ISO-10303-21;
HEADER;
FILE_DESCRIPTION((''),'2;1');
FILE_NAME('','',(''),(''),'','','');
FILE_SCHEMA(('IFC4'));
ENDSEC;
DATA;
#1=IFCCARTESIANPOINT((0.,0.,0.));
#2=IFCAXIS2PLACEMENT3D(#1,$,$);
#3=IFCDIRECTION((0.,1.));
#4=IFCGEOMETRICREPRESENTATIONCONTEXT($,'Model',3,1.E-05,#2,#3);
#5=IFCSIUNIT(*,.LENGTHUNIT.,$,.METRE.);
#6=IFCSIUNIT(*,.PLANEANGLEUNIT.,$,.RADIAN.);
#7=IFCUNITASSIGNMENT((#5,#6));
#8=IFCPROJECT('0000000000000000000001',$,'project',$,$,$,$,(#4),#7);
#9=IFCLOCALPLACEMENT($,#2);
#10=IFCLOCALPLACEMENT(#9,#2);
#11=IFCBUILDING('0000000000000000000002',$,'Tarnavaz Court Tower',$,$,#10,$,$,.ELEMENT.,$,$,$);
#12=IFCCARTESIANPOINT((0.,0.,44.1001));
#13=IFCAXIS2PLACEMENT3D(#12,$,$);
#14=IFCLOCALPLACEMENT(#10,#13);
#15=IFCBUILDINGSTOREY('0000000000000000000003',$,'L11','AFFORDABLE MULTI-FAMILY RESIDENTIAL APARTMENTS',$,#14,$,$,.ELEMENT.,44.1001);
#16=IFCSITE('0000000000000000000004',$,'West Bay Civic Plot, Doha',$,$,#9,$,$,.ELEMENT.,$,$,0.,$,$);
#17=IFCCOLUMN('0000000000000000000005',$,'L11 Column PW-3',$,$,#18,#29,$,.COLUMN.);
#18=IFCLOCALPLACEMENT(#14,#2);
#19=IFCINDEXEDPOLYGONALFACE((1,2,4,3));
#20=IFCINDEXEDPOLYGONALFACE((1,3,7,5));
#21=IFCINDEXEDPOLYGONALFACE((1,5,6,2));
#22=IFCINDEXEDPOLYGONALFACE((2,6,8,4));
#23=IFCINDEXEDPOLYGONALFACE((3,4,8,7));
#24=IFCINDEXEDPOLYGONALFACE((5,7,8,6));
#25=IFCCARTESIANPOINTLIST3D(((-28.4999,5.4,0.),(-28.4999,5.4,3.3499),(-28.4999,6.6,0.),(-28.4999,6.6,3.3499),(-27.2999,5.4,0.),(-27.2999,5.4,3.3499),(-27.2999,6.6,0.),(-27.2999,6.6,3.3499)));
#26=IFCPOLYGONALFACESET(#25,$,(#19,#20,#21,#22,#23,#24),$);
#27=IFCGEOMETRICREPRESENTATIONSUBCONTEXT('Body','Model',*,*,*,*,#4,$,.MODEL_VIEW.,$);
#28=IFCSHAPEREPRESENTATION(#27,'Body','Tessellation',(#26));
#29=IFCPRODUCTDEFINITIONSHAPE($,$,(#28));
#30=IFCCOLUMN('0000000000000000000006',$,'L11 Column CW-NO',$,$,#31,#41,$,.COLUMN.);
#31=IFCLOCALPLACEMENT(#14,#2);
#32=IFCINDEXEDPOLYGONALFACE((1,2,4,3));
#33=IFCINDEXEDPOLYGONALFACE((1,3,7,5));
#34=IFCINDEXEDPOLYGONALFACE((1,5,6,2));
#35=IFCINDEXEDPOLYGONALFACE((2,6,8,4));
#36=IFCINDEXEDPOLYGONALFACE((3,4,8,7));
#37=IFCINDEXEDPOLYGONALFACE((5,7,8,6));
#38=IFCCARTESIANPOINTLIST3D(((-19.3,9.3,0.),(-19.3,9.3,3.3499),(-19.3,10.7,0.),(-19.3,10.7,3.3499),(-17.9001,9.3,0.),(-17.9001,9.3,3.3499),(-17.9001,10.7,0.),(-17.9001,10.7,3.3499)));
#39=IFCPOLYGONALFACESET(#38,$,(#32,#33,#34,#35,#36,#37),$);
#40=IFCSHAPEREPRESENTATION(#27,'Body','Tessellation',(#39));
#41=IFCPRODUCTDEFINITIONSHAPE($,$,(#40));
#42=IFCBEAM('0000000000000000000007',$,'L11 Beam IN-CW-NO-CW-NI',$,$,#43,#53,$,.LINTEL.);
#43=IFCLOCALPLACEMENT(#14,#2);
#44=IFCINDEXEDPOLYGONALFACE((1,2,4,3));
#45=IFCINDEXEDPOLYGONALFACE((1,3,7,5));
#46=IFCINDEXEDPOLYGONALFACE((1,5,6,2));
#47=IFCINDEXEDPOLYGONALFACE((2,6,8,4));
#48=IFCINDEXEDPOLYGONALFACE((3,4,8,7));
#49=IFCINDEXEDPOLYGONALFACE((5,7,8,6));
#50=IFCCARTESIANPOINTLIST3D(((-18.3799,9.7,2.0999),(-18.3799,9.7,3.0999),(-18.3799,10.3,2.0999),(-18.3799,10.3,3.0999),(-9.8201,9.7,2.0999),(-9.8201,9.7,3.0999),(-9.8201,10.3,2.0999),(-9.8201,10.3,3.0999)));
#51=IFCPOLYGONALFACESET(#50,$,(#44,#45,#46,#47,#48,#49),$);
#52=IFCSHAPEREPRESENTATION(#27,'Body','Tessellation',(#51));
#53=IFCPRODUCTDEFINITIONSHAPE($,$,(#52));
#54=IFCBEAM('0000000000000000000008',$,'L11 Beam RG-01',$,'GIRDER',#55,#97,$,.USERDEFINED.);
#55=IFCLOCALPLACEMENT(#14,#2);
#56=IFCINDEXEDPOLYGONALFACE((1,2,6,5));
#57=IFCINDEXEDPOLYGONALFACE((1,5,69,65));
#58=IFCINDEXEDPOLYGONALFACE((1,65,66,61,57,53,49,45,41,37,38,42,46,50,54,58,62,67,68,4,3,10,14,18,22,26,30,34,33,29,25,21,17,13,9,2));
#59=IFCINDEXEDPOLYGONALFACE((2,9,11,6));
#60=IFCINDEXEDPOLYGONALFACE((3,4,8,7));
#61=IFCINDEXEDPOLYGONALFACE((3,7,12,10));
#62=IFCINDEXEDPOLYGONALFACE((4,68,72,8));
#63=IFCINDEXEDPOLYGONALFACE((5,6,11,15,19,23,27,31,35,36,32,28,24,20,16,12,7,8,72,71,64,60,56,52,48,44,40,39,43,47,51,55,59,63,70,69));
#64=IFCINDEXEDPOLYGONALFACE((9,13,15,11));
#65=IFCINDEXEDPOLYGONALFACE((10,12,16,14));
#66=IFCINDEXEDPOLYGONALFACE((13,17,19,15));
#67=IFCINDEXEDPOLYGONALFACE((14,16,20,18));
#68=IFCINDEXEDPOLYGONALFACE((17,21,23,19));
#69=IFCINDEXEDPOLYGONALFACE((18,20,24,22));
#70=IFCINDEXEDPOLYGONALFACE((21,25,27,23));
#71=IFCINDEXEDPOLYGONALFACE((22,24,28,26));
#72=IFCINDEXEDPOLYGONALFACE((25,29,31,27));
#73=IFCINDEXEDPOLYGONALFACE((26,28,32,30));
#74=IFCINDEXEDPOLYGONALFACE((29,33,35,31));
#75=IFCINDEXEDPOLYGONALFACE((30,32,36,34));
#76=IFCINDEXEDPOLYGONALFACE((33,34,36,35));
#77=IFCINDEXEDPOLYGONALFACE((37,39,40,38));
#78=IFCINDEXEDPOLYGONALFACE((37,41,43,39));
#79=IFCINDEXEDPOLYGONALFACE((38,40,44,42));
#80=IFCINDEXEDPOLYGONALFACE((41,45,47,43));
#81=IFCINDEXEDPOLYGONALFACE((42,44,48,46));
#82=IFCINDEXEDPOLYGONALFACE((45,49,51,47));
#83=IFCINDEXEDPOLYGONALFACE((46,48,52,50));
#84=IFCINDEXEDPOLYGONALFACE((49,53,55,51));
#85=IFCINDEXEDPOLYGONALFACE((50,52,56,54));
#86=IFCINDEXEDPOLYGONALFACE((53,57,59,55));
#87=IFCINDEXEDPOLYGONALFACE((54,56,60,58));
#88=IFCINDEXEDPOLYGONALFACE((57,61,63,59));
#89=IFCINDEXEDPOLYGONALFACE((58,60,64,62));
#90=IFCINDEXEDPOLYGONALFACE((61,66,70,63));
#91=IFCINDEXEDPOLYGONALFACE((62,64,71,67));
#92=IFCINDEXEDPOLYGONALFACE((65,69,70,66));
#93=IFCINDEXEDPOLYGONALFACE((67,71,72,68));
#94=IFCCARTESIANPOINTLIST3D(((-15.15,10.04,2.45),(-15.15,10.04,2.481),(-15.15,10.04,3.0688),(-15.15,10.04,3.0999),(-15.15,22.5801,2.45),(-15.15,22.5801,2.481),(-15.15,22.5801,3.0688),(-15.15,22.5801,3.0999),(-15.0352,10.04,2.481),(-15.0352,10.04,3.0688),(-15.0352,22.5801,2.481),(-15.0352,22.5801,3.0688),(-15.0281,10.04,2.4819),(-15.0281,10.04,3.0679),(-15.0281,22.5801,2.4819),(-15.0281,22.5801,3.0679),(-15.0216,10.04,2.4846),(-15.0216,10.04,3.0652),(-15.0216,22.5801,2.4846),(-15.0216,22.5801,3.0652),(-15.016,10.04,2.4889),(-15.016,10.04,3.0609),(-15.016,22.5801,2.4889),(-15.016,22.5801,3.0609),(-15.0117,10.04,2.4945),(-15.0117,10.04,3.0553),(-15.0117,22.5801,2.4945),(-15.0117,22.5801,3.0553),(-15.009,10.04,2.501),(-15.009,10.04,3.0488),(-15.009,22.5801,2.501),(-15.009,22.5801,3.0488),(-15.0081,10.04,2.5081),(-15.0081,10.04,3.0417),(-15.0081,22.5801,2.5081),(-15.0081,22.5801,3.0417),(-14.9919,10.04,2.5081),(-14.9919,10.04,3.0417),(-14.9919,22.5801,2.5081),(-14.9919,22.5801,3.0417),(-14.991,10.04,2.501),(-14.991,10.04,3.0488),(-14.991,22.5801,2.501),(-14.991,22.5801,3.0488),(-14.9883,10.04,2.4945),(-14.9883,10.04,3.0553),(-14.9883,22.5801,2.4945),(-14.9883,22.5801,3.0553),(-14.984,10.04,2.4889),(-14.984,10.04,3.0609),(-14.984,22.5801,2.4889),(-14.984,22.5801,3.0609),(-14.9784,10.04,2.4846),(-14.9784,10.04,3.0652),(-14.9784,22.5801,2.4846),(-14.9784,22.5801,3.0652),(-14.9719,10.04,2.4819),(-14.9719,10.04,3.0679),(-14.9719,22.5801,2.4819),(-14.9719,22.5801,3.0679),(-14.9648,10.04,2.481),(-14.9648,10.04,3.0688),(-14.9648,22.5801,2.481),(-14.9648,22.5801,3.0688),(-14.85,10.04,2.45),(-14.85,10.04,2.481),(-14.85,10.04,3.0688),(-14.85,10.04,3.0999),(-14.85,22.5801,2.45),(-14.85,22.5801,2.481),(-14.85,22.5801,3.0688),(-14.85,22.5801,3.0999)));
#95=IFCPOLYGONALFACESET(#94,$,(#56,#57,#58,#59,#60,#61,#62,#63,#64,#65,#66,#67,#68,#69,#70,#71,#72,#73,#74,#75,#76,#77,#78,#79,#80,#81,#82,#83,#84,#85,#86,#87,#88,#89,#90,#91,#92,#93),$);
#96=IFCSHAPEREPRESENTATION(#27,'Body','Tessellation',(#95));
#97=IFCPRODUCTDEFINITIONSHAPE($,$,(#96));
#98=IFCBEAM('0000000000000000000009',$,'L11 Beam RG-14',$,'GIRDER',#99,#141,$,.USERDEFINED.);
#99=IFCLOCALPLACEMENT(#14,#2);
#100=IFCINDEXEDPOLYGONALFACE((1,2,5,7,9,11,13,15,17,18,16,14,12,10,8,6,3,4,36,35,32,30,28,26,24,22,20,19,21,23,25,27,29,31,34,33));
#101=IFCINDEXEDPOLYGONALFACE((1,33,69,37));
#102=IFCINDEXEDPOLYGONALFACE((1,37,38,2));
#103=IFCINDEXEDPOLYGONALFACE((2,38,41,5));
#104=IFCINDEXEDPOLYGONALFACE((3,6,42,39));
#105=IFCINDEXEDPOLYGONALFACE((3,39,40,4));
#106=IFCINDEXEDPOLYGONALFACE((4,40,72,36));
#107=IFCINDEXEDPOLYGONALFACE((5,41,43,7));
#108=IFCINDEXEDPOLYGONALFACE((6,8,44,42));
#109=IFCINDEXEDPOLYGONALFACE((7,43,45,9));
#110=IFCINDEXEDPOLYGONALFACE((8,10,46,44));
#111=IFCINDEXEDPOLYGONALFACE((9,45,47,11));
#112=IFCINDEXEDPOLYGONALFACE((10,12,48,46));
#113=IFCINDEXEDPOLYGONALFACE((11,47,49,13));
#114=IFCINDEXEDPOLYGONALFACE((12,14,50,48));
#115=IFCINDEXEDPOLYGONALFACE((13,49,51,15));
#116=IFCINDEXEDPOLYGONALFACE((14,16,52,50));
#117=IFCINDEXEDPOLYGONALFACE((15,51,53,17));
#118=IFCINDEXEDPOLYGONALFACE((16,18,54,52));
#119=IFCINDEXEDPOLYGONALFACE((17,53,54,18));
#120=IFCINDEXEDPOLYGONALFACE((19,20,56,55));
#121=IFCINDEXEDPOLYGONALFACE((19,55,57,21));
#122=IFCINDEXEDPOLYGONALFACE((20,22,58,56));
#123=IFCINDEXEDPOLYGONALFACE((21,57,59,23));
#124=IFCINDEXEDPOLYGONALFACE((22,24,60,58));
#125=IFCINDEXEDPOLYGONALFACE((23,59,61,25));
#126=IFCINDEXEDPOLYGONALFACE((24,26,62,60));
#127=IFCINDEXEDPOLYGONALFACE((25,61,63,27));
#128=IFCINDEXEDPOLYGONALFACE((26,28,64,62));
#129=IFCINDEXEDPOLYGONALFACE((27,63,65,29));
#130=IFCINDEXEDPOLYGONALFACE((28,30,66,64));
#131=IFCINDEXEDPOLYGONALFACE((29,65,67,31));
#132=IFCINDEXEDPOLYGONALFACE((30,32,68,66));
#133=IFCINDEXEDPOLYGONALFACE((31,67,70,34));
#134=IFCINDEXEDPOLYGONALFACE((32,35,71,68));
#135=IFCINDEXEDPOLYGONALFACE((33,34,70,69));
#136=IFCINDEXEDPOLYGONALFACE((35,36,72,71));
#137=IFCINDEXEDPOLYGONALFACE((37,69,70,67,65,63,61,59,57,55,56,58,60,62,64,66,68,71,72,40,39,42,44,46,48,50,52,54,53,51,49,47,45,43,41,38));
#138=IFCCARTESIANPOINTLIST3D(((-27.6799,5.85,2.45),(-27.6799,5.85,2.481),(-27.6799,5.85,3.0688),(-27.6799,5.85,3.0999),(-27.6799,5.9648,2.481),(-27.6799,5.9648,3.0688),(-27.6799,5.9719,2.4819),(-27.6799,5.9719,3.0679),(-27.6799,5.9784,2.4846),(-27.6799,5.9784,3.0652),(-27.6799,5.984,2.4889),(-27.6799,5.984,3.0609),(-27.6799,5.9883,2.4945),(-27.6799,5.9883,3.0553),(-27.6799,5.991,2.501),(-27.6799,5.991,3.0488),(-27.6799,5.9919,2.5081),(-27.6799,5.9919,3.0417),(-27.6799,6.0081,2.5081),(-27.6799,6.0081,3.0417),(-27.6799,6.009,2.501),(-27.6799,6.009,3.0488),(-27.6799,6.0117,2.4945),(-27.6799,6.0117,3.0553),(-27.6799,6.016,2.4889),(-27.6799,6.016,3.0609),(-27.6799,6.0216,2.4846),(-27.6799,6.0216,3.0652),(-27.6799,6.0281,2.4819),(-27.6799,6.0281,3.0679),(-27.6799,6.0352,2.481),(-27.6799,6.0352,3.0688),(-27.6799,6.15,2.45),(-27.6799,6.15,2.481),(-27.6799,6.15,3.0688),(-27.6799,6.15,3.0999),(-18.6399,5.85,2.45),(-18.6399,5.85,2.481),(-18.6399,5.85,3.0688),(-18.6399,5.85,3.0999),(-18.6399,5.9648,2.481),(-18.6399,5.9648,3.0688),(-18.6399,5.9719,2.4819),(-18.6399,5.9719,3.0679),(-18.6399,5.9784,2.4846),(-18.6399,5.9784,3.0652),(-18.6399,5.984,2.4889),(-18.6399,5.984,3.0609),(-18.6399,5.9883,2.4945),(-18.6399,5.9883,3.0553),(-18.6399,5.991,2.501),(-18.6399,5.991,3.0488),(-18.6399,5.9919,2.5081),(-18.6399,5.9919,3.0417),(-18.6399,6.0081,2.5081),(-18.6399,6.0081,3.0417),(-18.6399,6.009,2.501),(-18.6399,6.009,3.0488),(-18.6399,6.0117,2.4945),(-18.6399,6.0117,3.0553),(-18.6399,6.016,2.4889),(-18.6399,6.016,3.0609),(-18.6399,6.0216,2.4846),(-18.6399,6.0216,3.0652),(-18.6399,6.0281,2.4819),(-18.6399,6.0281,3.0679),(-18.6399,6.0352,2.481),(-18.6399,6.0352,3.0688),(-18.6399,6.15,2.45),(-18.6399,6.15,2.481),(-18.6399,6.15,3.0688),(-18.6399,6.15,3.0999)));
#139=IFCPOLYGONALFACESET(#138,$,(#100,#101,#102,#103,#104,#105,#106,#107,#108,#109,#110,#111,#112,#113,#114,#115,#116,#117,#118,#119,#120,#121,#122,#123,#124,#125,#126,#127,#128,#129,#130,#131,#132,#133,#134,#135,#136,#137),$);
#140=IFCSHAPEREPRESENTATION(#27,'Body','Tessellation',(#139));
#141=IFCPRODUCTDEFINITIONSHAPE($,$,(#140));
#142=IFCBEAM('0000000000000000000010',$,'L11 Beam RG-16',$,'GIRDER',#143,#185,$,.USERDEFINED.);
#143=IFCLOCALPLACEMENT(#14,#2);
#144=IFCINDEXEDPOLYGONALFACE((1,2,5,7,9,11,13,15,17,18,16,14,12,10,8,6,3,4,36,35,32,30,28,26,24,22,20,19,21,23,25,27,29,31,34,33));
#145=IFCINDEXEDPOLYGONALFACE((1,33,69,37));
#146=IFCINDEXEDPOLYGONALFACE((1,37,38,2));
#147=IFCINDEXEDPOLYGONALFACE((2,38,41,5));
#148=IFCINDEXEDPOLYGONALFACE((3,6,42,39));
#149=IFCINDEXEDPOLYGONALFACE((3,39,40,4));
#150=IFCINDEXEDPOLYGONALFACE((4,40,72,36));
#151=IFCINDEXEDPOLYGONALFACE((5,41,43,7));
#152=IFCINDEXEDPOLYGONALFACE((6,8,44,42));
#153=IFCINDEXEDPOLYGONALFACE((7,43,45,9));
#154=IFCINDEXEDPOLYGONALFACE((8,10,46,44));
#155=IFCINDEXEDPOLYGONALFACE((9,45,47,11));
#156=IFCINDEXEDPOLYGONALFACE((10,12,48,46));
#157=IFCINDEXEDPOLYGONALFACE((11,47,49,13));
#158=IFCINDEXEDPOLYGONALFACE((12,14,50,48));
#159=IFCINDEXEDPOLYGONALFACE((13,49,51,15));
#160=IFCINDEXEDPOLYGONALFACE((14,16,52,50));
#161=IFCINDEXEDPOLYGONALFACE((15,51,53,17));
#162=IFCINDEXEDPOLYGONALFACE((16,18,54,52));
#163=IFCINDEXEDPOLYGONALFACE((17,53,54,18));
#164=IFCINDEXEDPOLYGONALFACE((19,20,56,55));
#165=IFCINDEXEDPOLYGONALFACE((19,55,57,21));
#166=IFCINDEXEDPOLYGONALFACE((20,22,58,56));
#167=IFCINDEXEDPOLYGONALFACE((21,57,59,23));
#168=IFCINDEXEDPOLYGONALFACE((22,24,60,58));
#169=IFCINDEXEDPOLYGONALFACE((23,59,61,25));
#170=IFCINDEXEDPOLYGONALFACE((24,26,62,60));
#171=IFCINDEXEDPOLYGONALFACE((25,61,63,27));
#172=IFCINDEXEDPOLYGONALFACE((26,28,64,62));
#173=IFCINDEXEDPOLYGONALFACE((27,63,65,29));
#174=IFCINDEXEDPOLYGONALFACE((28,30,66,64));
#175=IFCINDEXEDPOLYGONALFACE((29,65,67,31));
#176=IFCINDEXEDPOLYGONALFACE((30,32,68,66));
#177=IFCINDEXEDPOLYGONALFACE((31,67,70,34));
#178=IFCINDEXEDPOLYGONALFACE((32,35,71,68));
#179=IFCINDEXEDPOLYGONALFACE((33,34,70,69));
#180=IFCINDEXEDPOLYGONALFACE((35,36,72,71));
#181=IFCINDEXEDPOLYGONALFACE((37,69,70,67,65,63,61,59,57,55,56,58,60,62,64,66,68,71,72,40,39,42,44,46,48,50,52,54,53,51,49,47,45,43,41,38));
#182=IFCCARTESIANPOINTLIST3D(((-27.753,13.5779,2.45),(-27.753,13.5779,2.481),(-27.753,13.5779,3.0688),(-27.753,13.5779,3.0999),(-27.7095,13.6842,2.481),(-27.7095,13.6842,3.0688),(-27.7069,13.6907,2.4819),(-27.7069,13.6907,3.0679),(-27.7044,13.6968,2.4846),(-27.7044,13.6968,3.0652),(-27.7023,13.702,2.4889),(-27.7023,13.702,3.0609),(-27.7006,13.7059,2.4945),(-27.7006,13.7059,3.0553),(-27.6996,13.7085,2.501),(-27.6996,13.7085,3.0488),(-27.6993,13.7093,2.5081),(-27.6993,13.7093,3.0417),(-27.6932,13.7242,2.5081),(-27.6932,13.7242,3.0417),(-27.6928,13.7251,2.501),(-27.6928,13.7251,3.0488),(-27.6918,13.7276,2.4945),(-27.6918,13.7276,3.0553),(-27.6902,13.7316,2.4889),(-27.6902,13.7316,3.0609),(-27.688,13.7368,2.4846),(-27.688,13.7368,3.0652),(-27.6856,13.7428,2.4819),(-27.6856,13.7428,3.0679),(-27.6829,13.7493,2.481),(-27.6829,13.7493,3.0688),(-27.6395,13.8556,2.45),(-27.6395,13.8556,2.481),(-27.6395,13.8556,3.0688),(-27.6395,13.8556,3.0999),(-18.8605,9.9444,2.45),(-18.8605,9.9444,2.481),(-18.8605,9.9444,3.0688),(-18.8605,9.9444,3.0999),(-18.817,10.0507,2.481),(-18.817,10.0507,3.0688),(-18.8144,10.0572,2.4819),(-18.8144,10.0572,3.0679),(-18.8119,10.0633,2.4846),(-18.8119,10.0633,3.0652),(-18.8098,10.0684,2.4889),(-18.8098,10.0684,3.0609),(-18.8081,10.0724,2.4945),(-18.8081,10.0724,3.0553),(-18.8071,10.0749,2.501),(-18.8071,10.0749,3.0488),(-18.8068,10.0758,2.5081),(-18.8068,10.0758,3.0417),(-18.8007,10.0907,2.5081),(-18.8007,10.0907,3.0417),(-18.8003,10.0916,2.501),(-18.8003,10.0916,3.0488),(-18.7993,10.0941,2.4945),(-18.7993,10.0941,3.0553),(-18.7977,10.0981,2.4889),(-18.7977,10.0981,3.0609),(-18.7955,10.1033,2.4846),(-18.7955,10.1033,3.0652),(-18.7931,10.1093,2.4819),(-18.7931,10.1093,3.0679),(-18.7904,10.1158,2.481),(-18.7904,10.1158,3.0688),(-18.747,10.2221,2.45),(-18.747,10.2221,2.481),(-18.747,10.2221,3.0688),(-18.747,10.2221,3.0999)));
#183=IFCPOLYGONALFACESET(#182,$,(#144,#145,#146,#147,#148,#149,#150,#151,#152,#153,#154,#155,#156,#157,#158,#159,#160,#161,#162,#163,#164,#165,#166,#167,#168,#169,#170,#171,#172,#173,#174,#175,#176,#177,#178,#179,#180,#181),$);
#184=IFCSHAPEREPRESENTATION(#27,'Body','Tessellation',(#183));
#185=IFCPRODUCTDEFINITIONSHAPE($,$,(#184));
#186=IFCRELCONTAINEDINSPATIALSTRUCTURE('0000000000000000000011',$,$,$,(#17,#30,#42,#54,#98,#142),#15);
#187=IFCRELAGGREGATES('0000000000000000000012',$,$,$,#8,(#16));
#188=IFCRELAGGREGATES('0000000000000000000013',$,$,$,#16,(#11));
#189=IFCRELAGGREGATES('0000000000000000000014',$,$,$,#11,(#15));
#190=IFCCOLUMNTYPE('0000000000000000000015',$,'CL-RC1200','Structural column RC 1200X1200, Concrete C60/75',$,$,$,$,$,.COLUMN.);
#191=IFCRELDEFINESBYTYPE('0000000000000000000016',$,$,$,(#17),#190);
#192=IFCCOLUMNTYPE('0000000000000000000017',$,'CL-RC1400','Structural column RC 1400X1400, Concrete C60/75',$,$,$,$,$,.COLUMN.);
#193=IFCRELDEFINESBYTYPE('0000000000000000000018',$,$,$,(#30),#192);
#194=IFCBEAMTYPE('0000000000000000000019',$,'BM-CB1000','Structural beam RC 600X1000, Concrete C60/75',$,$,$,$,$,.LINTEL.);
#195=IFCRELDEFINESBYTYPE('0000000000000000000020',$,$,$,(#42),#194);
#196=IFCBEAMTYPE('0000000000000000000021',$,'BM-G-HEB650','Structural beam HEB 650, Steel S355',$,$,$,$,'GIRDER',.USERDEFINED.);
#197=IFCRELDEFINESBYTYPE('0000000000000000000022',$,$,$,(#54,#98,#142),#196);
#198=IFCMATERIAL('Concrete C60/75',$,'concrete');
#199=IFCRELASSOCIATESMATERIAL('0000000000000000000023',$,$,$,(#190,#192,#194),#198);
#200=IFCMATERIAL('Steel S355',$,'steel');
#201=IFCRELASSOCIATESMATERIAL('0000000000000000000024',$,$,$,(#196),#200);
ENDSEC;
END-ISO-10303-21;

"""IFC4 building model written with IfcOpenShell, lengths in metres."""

from ifc_helpers import new_model, si_unit, direction, frame, origin, origin_2d, place, context, subcontext, project, spatial, rectangle, i_section, extrude, material, material_profile, profile_set, type_object, element, save


model = new_model("IFC4")

# Units and contexts
model_context = context("Model", 3, precision=1e-05, world=origin(), true_north=direction((0.0, 1.0)))
body_context = subcontext(model_context, "Body", "Model", "MODEL_VIEW")
ifc_project = project(units=[si_unit("LENGTHUNIT", "METRE"), si_unit("PLANEANGLEUNIT", "RADIAN")], contexts=[model_context])

# Site, building, storey
site_placement = place(None, origin())
site = spatial("IfcSite", under=ifc_project, at=site_placement, Name="West Bay Civic Plot, Doha", CompositionType="ELEMENT", RefElevation=0.0)
building_placement = place(site_placement, origin())
building = spatial("IfcBuilding", under=site, at=building_placement, Name="Tarnavaz Court Tower", CompositionType="ELEMENT")
storey_placement = place(building_placement, frame((0.0, 0.0, 44.1001)))
storey = spatial("IfcBuildingStorey", under=building, at=storey_placement, Name="L11", Description="AFFORDABLE MULTI-FAMILY RESIDENTIAL APARTMENTS", CompositionType="ELEMENT", Elevation=44.1001)

# Columns
ifc_material_1 = material(Name="Concrete C60/75", Category="concrete")
ifc_material_profile_1 = material_profile(ifc_material_1, rectangle(XDim=1.2, YDim=1.2, at=origin_2d()), Name="RC 1200X1200")
ifc_profile_set_1 = profile_set([ifc_material_profile_1], Name="Concrete C60/75")
column_type_1 = type_object("IfcColumnType", Name="CL-RC1200", Description="Structural column RC 1200X1200, Concrete C60/75", PredefinedType="COLUMN", material=ifc_profile_set_1)
column_1_placement = place(storey_placement, frame((-27.8999, 6.0, 0.0), z_axis=(0.0, 0.0, 1.0), x_axis=(1.0, 0.0, 0.0)))
element("IfcColumn", 1, at=column_1_placement, inside=storey, type_object=column_type_1, Name="L11 Column PW-3", PredefinedType="COLUMN", context=body_context, shape_type="SweptSolid", body=[
    extrude(rectangle(XDim=1.2, YDim=1.2, at=origin_2d()), origin(), (0.0, 0.0, 1.0), 3.3499),
])
ifc_material_profile_2 = material_profile(ifc_material_1, rectangle(XDim=1.3999, YDim=1.3999, at=origin_2d()), Name="RC 1400X1400")
ifc_profile_set_2 = profile_set([ifc_material_profile_2], Name="Concrete C60/75")
column_type_2 = type_object("IfcColumnType", Name="CL-RC1400", Description="Structural column RC 1400X1400, Concrete C60/75", PredefinedType="COLUMN", material=ifc_profile_set_2)
column_2_placement = place(storey_placement, frame((-18.6001, 10.0, 0.0), z_axis=(0.0, 0.0, 1.0), x_axis=(1.0, 0.0, 0.0)))
element("IfcColumn", 2, at=column_2_placement, inside=storey, type_object=column_type_2, Name="L11 Column CW-NO", PredefinedType="COLUMN", context=body_context, shape_type="SweptSolid", body=[
    extrude(rectangle(XDim=1.3999, YDim=1.3999, at=origin_2d()), origin(), (0.0, 0.0, 1.0), 3.3499),
])

# Beams
ifc_material_profile_3 = material_profile(ifc_material_1, rectangle(XDim=0.6001, YDim=1.0, at=origin_2d()), Name="RC 600X1000")
ifc_profile_set_3 = profile_set([ifc_material_profile_3], Name="Concrete C60/75")
beam_type_1 = type_object("IfcBeamType", Name="BM-CB1000", Description="Structural beam RC 600X1000, Concrete C60/75", PredefinedType="LINTEL", material=ifc_profile_set_3)
beam_1_placement = place(storey_placement, frame((-18.3799, 10.0, 2.5999), z_axis=(1.0, 0.0, 0.0), x_axis=(0.0, 1.0, 0.0)))
element("IfcBeam", 3, at=beam_1_placement, inside=storey, type_object=beam_type_1, Name="L11 Beam IN-CW-NO-CW-NI", PredefinedType="LINTEL", context=body_context, shape_type="SweptSolid", body=[
    extrude(rectangle(XDim=0.6001, YDim=1.0, at=origin_2d()), origin(), (0.0, 0.0, 1.0), 8.5598),
])
ifc_material_2 = material(Name="Steel S355", Category="steel")
ifc_material_profile_4 = material_profile(ifc_material_2, i_section(OverallWidth=0.3, OverallDepth=0.6499, WebThickness=0.0161, FlangeThickness=0.031, FilletRadius=0.0271, at=origin_2d()), Name="HEB 650")
ifc_profile_set_4 = profile_set([ifc_material_profile_4], Name="Steel S355")
beam_type_2 = type_object("IfcBeamType", Name="BM-G-HEB650", Description="Structural beam HEB 650, Steel S355", ElementType="GIRDER", PredefinedType="USERDEFINED", material=ifc_profile_set_4)
beam_2_placement = place(storey_placement, frame((-15.0, 10.04, 2.7749), z_axis=(0.0, 1.0, 0.0), x_axis=(-1.0, 0.0, 0.0)))
element("IfcBeam", 4, at=beam_2_placement, inside=storey, type_object=beam_type_2, Name="L11 Beam RG-01", ObjectType="GIRDER", PredefinedType="USERDEFINED", context=body_context, shape_type="SweptSolid", body=[
    extrude(i_section(OverallWidth=0.3, OverallDepth=0.6499, WebThickness=0.0161, FlangeThickness=0.031, FilletRadius=0.0271, at=origin_2d()), origin(), (0.0, 0.0, 1.0), 12.54),
])
beam_3_placement = place(storey_placement, frame((-18.6399, 6.0, 2.7749), z_axis=(-1.0, 0.0, 0.0), x_axis=(0.0, -1.0, 0.0)))
element("IfcBeam", 5, at=beam_3_placement, inside=storey, type_object=beam_type_2, Name="L11 Beam RG-14", ObjectType="GIRDER", PredefinedType="USERDEFINED", context=body_context, shape_type="SweptSolid", body=[
    extrude(i_section(OverallWidth=0.3, OverallDepth=0.6499, WebThickness=0.0161, FlangeThickness=0.031, FilletRadius=0.0271, at=origin_2d()), origin(), (0.0, 0.0, 1.0), 9.04),
])
beam_4_placement = place(storey_placement, frame((-18.8037, 10.0833, 2.7749), z_axis=(-0.925705, 0.378247, 0.0), x_axis=(-0.378247, -0.925705, 0.0)))
element("IfcBeam", 6, at=beam_4_placement, inside=storey, type_object=beam_type_2, Name="L11 Beam RG-16", ObjectType="GIRDER", PredefinedType="USERDEFINED", context=body_context, shape_type="SweptSolid", body=[
    extrude(i_section(OverallWidth=0.3, OverallDepth=0.6499, WebThickness=0.0161, FlangeThickness=0.031, FilletRadius=0.0271, at=origin_2d()), origin(), (0.0, 0.0, 1.0), 9.6062),
])

save(model, "model.ifc")
